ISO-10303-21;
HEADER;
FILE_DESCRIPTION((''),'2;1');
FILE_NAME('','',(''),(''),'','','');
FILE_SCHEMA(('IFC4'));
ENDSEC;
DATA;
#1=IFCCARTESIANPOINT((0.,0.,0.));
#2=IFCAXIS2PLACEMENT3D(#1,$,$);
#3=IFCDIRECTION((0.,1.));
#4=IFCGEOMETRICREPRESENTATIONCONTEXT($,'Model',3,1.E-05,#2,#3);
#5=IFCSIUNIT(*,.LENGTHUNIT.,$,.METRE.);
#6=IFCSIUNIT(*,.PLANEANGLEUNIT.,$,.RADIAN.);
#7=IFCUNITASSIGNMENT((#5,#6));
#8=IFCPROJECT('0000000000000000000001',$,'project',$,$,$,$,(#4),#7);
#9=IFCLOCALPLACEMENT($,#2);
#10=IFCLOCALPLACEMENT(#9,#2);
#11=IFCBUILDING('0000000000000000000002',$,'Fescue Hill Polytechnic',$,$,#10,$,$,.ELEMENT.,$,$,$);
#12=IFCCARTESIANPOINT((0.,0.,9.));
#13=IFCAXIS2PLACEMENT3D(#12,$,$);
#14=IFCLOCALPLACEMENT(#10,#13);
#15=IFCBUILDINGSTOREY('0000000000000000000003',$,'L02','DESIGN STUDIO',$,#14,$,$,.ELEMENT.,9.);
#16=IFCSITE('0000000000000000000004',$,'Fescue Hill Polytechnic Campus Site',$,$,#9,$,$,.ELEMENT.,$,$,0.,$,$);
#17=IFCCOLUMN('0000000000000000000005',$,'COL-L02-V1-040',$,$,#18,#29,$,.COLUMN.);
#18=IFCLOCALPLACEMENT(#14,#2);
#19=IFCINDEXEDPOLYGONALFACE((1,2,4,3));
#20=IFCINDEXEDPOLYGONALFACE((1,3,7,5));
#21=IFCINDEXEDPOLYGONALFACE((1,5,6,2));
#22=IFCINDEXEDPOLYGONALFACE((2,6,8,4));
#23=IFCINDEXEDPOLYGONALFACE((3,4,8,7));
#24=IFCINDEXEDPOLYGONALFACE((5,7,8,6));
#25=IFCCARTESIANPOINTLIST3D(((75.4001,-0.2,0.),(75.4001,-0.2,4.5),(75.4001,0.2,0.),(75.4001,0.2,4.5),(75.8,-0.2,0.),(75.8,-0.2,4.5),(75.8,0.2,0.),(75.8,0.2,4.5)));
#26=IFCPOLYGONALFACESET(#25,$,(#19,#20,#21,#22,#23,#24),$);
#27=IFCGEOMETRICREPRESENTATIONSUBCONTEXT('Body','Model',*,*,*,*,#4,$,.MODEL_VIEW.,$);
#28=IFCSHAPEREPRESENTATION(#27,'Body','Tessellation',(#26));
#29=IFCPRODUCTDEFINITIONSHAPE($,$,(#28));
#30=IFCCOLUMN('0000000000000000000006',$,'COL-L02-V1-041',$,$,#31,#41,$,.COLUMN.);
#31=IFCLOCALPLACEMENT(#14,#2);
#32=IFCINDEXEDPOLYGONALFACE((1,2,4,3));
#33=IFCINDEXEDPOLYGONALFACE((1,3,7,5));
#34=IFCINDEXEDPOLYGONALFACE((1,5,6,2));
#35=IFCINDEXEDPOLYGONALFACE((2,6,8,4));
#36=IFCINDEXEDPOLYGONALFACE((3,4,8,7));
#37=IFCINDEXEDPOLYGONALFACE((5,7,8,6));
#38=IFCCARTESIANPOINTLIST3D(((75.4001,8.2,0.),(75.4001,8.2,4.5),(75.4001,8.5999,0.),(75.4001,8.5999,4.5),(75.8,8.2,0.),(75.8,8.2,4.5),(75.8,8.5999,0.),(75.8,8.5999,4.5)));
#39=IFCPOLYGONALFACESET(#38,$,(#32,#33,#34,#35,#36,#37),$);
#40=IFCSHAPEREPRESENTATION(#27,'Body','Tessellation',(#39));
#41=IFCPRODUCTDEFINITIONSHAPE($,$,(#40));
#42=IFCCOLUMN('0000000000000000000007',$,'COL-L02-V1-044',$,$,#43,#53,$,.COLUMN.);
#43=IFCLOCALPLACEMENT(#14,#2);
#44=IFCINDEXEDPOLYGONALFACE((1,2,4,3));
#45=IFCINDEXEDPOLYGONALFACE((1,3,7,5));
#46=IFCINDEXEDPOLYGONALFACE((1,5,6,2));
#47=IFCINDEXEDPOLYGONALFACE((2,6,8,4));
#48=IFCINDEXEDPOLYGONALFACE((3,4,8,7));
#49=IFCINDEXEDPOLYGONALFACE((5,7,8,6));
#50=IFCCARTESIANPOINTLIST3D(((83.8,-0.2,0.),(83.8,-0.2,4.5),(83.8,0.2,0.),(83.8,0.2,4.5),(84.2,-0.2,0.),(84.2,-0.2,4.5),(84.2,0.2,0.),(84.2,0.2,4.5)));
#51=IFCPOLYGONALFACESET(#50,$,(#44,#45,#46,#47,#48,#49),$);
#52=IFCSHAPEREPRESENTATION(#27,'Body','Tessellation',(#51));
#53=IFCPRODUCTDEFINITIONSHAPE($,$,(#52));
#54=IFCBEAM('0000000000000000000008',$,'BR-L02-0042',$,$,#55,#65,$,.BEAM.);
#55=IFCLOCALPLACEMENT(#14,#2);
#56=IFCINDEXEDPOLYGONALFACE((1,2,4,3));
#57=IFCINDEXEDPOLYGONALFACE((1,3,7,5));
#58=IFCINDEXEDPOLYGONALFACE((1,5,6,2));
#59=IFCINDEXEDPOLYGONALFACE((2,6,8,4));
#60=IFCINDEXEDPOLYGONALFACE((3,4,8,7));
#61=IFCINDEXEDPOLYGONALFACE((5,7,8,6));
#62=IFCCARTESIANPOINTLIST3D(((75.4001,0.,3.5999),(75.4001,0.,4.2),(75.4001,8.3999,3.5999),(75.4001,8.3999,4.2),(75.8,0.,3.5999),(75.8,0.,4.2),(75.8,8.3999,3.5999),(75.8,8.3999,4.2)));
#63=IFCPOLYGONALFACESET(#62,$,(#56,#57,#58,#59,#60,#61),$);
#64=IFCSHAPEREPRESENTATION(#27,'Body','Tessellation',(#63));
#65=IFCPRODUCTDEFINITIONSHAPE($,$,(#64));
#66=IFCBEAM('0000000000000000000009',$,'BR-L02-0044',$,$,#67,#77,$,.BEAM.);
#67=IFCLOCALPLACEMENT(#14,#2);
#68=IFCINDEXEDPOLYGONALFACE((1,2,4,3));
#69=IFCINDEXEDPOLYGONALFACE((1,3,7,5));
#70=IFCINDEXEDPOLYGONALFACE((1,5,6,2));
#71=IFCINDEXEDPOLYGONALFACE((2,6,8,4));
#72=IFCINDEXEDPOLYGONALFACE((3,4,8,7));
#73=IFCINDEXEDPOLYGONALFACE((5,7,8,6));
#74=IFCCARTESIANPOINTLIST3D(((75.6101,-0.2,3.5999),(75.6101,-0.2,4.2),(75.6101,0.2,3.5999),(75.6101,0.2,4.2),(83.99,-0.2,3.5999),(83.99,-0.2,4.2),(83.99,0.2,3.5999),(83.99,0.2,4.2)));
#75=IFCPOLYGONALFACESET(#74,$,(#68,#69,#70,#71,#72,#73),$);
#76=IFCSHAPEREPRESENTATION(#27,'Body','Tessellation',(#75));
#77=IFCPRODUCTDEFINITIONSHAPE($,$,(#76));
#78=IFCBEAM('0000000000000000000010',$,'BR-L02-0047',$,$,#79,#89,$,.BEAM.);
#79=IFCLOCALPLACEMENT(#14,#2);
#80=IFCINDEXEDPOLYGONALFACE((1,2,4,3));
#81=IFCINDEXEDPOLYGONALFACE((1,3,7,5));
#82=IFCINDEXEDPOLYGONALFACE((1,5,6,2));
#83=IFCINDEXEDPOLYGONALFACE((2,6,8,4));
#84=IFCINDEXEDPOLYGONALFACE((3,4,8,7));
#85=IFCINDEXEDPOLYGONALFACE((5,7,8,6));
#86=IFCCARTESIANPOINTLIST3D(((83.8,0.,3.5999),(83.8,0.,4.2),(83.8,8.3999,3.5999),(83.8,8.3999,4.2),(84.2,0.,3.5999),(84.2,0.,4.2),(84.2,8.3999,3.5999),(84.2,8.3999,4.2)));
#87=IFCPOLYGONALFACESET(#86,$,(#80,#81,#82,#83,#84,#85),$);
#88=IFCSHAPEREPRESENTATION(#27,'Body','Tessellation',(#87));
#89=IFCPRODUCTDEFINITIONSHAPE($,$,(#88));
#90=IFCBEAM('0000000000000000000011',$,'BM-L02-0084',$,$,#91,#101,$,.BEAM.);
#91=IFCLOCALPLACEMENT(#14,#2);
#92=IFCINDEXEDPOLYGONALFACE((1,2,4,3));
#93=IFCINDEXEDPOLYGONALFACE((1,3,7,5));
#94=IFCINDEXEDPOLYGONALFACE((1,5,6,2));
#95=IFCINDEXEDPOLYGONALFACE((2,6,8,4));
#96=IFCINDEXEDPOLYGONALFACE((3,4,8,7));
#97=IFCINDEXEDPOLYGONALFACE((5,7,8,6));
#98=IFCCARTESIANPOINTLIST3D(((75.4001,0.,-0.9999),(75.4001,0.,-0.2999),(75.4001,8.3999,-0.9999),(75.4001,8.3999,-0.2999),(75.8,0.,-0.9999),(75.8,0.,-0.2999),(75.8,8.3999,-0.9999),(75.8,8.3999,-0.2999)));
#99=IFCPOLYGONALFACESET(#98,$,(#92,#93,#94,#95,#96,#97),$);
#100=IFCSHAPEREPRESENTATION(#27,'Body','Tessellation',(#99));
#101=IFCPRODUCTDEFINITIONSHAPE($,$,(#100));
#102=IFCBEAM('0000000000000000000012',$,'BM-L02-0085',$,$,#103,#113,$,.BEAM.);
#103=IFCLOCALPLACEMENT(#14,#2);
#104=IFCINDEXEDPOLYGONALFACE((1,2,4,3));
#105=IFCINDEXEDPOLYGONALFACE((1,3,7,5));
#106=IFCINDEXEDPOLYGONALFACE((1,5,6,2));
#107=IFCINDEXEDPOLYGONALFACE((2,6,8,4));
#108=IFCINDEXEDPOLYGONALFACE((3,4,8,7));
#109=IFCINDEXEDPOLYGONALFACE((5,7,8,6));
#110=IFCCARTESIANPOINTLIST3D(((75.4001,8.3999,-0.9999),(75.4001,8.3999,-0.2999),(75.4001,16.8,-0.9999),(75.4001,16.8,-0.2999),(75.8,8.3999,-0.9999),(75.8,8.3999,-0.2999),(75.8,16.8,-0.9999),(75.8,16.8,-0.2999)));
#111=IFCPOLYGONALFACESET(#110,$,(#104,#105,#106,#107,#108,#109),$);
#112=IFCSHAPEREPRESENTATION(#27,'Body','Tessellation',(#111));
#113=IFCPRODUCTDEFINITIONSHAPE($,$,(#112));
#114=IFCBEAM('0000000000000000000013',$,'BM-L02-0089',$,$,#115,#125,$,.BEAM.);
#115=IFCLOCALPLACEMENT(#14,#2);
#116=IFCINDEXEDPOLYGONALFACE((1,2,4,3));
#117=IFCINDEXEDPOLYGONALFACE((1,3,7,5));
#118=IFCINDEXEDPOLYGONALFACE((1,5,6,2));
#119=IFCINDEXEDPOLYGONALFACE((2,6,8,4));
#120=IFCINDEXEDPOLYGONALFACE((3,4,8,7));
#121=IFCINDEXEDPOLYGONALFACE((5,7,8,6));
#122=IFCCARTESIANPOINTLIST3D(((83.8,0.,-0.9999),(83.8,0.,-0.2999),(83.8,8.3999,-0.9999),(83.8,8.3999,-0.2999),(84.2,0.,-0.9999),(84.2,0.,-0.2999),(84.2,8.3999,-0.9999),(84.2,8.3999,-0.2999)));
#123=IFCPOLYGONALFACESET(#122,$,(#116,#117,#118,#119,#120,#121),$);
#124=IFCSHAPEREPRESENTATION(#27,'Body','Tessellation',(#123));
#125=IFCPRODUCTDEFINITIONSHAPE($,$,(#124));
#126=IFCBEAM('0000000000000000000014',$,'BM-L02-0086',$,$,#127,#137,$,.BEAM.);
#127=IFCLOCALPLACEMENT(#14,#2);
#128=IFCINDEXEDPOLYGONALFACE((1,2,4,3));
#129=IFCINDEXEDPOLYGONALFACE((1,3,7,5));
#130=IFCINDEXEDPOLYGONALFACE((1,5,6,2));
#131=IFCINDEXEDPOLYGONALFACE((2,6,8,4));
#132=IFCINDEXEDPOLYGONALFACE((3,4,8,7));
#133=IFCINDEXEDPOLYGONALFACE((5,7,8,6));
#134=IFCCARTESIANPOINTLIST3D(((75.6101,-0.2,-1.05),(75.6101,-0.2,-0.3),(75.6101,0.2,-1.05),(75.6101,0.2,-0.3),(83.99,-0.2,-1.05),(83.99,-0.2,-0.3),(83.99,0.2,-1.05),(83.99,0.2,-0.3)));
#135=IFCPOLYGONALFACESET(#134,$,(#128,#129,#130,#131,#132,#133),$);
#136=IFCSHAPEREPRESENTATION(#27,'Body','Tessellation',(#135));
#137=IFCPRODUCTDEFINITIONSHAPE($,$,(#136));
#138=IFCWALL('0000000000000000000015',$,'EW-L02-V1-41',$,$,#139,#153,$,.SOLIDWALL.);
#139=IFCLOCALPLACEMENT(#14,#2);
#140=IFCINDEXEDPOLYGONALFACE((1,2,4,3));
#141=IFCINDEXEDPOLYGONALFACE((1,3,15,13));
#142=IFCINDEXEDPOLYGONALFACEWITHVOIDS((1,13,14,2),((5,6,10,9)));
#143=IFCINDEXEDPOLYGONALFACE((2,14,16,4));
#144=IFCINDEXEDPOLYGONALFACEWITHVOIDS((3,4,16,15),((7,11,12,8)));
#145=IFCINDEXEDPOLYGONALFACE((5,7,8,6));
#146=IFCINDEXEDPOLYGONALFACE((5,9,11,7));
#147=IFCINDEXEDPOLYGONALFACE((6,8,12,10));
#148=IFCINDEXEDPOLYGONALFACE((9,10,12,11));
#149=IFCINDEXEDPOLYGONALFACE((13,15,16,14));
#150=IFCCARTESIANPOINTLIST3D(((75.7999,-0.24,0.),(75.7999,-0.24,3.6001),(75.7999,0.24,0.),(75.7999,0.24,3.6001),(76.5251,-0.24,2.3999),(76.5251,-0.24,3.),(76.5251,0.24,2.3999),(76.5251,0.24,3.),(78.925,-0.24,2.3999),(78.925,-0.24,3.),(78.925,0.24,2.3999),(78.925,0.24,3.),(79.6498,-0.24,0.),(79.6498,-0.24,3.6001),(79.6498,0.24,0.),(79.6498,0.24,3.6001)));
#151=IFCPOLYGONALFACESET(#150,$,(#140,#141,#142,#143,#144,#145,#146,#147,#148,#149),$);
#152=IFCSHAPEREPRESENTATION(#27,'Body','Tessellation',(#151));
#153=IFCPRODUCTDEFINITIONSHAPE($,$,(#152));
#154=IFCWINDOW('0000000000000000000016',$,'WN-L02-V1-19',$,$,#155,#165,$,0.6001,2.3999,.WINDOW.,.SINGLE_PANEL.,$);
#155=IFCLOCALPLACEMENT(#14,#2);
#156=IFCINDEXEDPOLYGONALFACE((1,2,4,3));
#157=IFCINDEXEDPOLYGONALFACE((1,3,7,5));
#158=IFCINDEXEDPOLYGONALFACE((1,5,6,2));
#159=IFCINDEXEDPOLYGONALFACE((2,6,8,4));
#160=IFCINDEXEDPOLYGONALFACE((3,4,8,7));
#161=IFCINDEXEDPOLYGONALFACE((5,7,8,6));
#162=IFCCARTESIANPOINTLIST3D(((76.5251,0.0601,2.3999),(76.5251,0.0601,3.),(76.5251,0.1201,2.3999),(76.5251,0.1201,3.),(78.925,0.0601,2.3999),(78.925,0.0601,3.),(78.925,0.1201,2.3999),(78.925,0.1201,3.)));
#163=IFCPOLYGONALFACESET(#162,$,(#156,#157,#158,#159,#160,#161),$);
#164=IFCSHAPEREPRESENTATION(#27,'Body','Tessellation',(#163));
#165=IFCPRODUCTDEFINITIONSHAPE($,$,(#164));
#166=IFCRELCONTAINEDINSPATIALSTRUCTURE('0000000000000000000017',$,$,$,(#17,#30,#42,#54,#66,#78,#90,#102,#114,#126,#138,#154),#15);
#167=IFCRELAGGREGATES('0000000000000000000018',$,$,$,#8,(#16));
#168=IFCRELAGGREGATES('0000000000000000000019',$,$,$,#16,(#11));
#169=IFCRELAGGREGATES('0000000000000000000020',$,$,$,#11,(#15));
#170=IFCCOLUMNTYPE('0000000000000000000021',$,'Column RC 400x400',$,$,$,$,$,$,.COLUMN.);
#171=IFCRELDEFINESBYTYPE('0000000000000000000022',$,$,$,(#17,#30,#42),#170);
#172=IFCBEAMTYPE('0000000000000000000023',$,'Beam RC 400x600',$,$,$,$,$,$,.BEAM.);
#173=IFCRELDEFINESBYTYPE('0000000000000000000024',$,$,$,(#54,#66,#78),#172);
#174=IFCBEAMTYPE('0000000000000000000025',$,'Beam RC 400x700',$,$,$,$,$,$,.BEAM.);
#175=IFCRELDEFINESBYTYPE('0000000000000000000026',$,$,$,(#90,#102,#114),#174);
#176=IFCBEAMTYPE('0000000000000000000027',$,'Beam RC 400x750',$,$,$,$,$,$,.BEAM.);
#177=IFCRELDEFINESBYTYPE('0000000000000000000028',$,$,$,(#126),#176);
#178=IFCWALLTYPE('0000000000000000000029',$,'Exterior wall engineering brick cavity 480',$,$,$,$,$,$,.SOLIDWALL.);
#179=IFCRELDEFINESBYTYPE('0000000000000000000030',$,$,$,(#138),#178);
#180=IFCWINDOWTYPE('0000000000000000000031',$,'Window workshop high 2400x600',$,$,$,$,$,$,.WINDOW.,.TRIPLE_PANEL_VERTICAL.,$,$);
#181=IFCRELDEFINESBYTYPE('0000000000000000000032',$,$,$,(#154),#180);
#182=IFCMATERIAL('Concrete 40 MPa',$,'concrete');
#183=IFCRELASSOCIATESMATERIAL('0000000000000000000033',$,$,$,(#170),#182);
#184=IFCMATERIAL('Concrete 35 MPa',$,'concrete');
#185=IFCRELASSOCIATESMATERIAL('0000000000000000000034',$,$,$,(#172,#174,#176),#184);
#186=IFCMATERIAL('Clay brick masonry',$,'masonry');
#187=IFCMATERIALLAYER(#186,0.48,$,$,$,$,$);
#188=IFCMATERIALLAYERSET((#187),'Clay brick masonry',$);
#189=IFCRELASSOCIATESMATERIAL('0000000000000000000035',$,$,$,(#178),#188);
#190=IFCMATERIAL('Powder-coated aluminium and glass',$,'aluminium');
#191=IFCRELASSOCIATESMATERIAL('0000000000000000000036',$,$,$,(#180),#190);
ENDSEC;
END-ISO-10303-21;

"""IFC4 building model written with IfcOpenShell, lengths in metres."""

from ifc_helpers import new_model, si_unit, direction, frame, frame_2d, origin, origin_2d, place, context, subcontext, project, spatial, rectangle, extrude, material, layer, layer_set, material_profile, profile_set, type_object, element, fill, save


model = new_model("IFC4")

# Units and contexts
model_context = context("Model", 3, precision=1e-05, world=origin(), true_north=direction((0.0, 1.0)))
body_context = subcontext(model_context, "Body", "Model", "MODEL_VIEW")
ifc_project = project(units=[si_unit("LENGTHUNIT", "METRE"), si_unit("PLANEANGLEUNIT", "RADIAN")], contexts=[model_context])

# Site, building, storey
site_placement = place(None, origin())
site = spatial("IfcSite", under=ifc_project, at=site_placement, Name="Fescue Hill Polytechnic Campus Site", CompositionType="ELEMENT", RefElevation=0.0)
building_placement = place(site_placement, origin())
building = spatial("IfcBuilding", under=site, at=building_placement, Name="Fescue Hill Polytechnic", CompositionType="ELEMENT")
storey_placement = place(building_placement, frame((0.0, 0.0, 9.0)))
storey = spatial("IfcBuildingStorey", under=building, at=storey_placement, Name="L02", Description="DESIGN STUDIO", CompositionType="ELEMENT", Elevation=9.0)

# Columns
ifc_material_1 = material(Name="Concrete 40 MPa", Category="concrete")
ifc_material_profile_1 = material_profile(ifc_material_1, rectangle(XDim=0.3999, YDim=0.3999, at=origin_2d()), Name="RC 400x400")
ifc_profile_set_1 = profile_set([ifc_material_profile_1], Name="Concrete 40 MPa")
column_type = type_object("IfcColumnType", Name="Column RC 400x400", PredefinedType="COLUMN", material=ifc_profile_set_1)
for number, where, z_axis, x_axis, name in (
    (1, (75.6001, 0.0, 0.0), (0.0, 0.0, 1.0), (1.0, 0.0, 0.0), "COL-L02-V1-040"),
    (2, (75.6001, 8.3999, 0.0), (0.0, 0.0, 1.0), (1.0, 0.0, 0.0), "COL-L02-V1-041"),
    (3, (84.0, 0.0, 0.0), (0.0, 0.0, 1.0), (1.0, 0.0, 0.0), "COL-L02-V1-044"),
):
    element("IfcColumn", number, at=place(storey_placement, frame(where, z_axis=z_axis, x_axis=x_axis)), inside=storey, type_object=column_type, Name=name, PredefinedType="COLUMN", context=body_context, shape_type="SweptSolid", body=[
        extrude(rectangle(XDim=0.3999, YDim=0.3999, at=origin_2d()), origin(), (0.0, 0.0, 1.0), 4.5),
    ])

# Beams
ifc_material_2 = material(Name="Concrete 35 MPa", Category="concrete")
ifc_material_profile_2 = material_profile(ifc_material_2, rectangle(XDim=0.3999, YDim=0.6001, at=origin_2d()), Name="RC 400x600")
ifc_profile_set_2 = profile_set([ifc_material_profile_2], Name="Concrete 35 MPa")
beam_type_1 = type_object("IfcBeamType", Name="Beam RC 400x600", PredefinedType="BEAM", material=ifc_profile_set_2)
beam_1_placement = place(storey_placement, frame((75.6001, 0.0, 3.8999), z_axis=(0.0, 1.0, 0.0), x_axis=(-1.0, 0.0, 0.0)))
element("IfcBeam", 4, at=beam_1_placement, inside=storey, type_object=beam_type_1, Name="BR-L02-0042", PredefinedType="BEAM", context=body_context, shape_type="SweptSolid", body=[
    extrude(rectangle(XDim=0.3999, YDim=0.6001, at=origin_2d()), origin(), (0.0, 0.0, 1.0), 8.3999),
])
beam_2_placement = place(storey_placement, frame((75.6101, 0.0, 3.8999), z_axis=(1.0, 0.0, 0.0), x_axis=(0.0, 1.0, 0.0)))
element("IfcBeam", 5, at=beam_2_placement, inside=storey, type_object=beam_type_1, Name="BR-L02-0044", PredefinedType="BEAM", context=body_context, shape_type="SweptSolid", body=[
    extrude(rectangle(XDim=0.3999, YDim=0.6001, at=origin_2d()), origin(), (0.0, 0.0, 1.0), 8.3799),
])
beam_3_placement = place(storey_placement, frame((84.0, 0.0, 3.8999), z_axis=(0.0, 1.0, 0.0), x_axis=(-1.0, 0.0, 0.0)))
element("IfcBeam", 6, at=beam_3_placement, inside=storey, type_object=beam_type_1, Name="BR-L02-0047", PredefinedType="BEAM", context=body_context, shape_type="SweptSolid", body=[
    extrude(rectangle(XDim=0.3999, YDim=0.6001, at=origin_2d()), origin(), (0.0, 0.0, 1.0), 8.3999),
])
ifc_material_profile_3 = material_profile(ifc_material_2, rectangle(XDim=0.3999, YDim=0.7, at=origin_2d()), Name="RC 400x700")
ifc_profile_set_3 = profile_set([ifc_material_profile_3], Name="Concrete 35 MPa")
beam_type_2 = type_object("IfcBeamType", Name="Beam RC 400x700", PredefinedType="BEAM", material=ifc_profile_set_3)
beam_4_placement = place(storey_placement, frame((75.6001, 0.0, -0.6499), z_axis=(0.0, 1.0, 0.0), x_axis=(-1.0, 0.0, 0.0)))
element("IfcBeam", 7, at=beam_4_placement, inside=storey, type_object=beam_type_2, Name="BM-L02-0084", PredefinedType="BEAM", context=body_context, shape_type="SweptSolid", body=[
    extrude(rectangle(XDim=0.3999, YDim=0.7, at=origin_2d()), origin(), (0.0, 0.0, 1.0), 8.3999),
])
beam_5_placement = place(storey_placement, frame((75.6001, 8.3999, -0.6499), z_axis=(0.0, 1.0, 0.0), x_axis=(-1.0, 0.0, 0.0)))
element("IfcBeam", 8, at=beam_5_placement, inside=storey, type_object=beam_type_2, Name="BM-L02-0085", PredefinedType="BEAM", context=body_context, shape_type="SweptSolid", body=[
    extrude(rectangle(XDim=0.3999, YDim=0.7, at=origin_2d()), origin(), (0.0, 0.0, 1.0), 8.4001),
])
beam_6_placement = place(storey_placement, frame((84.0, 0.0, -0.6499), z_axis=(0.0, 1.0, 0.0), x_axis=(-1.0, 0.0, 0.0)))
element("IfcBeam", 9, at=beam_6_placement, inside=storey, type_object=beam_type_2, Name="BM-L02-0089", PredefinedType="BEAM", context=body_context, shape_type="SweptSolid", body=[
    extrude(rectangle(XDim=0.3999, YDim=0.7, at=origin_2d()), origin(), (0.0, 0.0, 1.0), 8.3999),
])
ifc_material_profile_4 = material_profile(ifc_material_2, rectangle(XDim=0.3999, YDim=0.75, at=origin_2d()), Name="RC 400x750")
ifc_profile_set_4 = profile_set([ifc_material_profile_4], Name="Concrete 35 MPa")
beam_type_3 = type_object("IfcBeamType", Name="Beam RC 400x750", PredefinedType="BEAM", material=ifc_profile_set_4)
beam_7_placement = place(storey_placement, frame((75.6101, 0.0, -0.675), z_axis=(1.0, 0.0, 0.0), x_axis=(0.0, 1.0, 0.0)))
element("IfcBeam", 10, at=beam_7_placement, inside=storey, type_object=beam_type_3, Name="BM-L02-0086", PredefinedType="BEAM", context=body_context, shape_type="SweptSolid", body=[
    extrude(rectangle(XDim=0.3999, YDim=0.75, at=origin_2d()), origin(), (0.0, 0.0, 1.0), 8.3799),
])

# Wall, opening, window
ifc_material_3 = material(Name="Clay brick masonry", Category="masonry")
ifc_layer_1 = layer(ifc_material_3, 0.48)
ifc_layer_set_1 = layer_set([ifc_layer_1], Name="Clay brick masonry")
wall_type_1 = type_object("IfcWallType", Name="Exterior wall engineering brick cavity 480", PredefinedType="SOLIDWALL", material=ifc_layer_set_1)
wall_1_placement = place(storey_placement, frame((75.8, 0.0, 0.0), z_axis=(0.0, 0.0, 1.0), x_axis=(1.0, 0.0, 0.0)))
wall_1 = element("IfcWall", 11, at=wall_1_placement, inside=storey, type_object=wall_type_1, Name="EW-L02-V1-41", PredefinedType="SOLIDWALL", context=body_context, shape_type="SweptSolid", body=[
    extrude(rectangle(XDim=3.8499, YDim=0.48, at=frame_2d((1.9248, 0.0))), origin(), (0.0, 0.0, 1.0), 3.6001),
])
opening_1_placement = place(wall_1_placement, frame((0.7251, 0.0, 2.3999)))
opening_1 = element("IfcOpeningElement", 12, at=opening_1_placement, cuts=wall_1, PredefinedType="OPENING", context=body_context, shape_type="SweptSolid", body=[
    extrude(rectangle(XDim=2.3999, YDim=0.6001, at=frame_2d((1.2, 0.3))), frame((0.0, 0.25, 0.0), z_axis=(0.0, -1.0, 0.0), x_axis=(1.0, 0.0, 0.0)), (0.0, 0.0, 1.0), 0.5),
])
ifc_material_4 = material(Name="Powder-coated aluminium and glass", Category="aluminium")
window_type_1 = type_object("IfcWindowType", Name="Window workshop high 2400x600", PartitioningType="TRIPLE_PANEL_VERTICAL", PredefinedType="WINDOW", material=ifc_material_4)
window_1_placement = place(opening_1_placement, origin())
window_1 = element("IfcWindow", 13, at=window_1_placement, inside=storey, type_object=window_type_1, Name="WN-L02-V1-19", OverallHeight=0.6001, OverallWidth=2.3999, PartitioningType="SINGLE_PANEL", PredefinedType="WINDOW", context=body_context, shape_type="SweptSolid", body=[
    extrude(rectangle(XDim=2.3999, YDim=0.6001, at=frame_2d((1.2, 0.3))), frame((0.0, 0.1201, 0.0), z_axis=(0.0, -1.0, 0.0), x_axis=(1.0, 0.0, 0.0)), (0.0, 0.0, 1.0), 0.0601),
])
fill(opening_1, window_1)

save(model, "model.ifc")
